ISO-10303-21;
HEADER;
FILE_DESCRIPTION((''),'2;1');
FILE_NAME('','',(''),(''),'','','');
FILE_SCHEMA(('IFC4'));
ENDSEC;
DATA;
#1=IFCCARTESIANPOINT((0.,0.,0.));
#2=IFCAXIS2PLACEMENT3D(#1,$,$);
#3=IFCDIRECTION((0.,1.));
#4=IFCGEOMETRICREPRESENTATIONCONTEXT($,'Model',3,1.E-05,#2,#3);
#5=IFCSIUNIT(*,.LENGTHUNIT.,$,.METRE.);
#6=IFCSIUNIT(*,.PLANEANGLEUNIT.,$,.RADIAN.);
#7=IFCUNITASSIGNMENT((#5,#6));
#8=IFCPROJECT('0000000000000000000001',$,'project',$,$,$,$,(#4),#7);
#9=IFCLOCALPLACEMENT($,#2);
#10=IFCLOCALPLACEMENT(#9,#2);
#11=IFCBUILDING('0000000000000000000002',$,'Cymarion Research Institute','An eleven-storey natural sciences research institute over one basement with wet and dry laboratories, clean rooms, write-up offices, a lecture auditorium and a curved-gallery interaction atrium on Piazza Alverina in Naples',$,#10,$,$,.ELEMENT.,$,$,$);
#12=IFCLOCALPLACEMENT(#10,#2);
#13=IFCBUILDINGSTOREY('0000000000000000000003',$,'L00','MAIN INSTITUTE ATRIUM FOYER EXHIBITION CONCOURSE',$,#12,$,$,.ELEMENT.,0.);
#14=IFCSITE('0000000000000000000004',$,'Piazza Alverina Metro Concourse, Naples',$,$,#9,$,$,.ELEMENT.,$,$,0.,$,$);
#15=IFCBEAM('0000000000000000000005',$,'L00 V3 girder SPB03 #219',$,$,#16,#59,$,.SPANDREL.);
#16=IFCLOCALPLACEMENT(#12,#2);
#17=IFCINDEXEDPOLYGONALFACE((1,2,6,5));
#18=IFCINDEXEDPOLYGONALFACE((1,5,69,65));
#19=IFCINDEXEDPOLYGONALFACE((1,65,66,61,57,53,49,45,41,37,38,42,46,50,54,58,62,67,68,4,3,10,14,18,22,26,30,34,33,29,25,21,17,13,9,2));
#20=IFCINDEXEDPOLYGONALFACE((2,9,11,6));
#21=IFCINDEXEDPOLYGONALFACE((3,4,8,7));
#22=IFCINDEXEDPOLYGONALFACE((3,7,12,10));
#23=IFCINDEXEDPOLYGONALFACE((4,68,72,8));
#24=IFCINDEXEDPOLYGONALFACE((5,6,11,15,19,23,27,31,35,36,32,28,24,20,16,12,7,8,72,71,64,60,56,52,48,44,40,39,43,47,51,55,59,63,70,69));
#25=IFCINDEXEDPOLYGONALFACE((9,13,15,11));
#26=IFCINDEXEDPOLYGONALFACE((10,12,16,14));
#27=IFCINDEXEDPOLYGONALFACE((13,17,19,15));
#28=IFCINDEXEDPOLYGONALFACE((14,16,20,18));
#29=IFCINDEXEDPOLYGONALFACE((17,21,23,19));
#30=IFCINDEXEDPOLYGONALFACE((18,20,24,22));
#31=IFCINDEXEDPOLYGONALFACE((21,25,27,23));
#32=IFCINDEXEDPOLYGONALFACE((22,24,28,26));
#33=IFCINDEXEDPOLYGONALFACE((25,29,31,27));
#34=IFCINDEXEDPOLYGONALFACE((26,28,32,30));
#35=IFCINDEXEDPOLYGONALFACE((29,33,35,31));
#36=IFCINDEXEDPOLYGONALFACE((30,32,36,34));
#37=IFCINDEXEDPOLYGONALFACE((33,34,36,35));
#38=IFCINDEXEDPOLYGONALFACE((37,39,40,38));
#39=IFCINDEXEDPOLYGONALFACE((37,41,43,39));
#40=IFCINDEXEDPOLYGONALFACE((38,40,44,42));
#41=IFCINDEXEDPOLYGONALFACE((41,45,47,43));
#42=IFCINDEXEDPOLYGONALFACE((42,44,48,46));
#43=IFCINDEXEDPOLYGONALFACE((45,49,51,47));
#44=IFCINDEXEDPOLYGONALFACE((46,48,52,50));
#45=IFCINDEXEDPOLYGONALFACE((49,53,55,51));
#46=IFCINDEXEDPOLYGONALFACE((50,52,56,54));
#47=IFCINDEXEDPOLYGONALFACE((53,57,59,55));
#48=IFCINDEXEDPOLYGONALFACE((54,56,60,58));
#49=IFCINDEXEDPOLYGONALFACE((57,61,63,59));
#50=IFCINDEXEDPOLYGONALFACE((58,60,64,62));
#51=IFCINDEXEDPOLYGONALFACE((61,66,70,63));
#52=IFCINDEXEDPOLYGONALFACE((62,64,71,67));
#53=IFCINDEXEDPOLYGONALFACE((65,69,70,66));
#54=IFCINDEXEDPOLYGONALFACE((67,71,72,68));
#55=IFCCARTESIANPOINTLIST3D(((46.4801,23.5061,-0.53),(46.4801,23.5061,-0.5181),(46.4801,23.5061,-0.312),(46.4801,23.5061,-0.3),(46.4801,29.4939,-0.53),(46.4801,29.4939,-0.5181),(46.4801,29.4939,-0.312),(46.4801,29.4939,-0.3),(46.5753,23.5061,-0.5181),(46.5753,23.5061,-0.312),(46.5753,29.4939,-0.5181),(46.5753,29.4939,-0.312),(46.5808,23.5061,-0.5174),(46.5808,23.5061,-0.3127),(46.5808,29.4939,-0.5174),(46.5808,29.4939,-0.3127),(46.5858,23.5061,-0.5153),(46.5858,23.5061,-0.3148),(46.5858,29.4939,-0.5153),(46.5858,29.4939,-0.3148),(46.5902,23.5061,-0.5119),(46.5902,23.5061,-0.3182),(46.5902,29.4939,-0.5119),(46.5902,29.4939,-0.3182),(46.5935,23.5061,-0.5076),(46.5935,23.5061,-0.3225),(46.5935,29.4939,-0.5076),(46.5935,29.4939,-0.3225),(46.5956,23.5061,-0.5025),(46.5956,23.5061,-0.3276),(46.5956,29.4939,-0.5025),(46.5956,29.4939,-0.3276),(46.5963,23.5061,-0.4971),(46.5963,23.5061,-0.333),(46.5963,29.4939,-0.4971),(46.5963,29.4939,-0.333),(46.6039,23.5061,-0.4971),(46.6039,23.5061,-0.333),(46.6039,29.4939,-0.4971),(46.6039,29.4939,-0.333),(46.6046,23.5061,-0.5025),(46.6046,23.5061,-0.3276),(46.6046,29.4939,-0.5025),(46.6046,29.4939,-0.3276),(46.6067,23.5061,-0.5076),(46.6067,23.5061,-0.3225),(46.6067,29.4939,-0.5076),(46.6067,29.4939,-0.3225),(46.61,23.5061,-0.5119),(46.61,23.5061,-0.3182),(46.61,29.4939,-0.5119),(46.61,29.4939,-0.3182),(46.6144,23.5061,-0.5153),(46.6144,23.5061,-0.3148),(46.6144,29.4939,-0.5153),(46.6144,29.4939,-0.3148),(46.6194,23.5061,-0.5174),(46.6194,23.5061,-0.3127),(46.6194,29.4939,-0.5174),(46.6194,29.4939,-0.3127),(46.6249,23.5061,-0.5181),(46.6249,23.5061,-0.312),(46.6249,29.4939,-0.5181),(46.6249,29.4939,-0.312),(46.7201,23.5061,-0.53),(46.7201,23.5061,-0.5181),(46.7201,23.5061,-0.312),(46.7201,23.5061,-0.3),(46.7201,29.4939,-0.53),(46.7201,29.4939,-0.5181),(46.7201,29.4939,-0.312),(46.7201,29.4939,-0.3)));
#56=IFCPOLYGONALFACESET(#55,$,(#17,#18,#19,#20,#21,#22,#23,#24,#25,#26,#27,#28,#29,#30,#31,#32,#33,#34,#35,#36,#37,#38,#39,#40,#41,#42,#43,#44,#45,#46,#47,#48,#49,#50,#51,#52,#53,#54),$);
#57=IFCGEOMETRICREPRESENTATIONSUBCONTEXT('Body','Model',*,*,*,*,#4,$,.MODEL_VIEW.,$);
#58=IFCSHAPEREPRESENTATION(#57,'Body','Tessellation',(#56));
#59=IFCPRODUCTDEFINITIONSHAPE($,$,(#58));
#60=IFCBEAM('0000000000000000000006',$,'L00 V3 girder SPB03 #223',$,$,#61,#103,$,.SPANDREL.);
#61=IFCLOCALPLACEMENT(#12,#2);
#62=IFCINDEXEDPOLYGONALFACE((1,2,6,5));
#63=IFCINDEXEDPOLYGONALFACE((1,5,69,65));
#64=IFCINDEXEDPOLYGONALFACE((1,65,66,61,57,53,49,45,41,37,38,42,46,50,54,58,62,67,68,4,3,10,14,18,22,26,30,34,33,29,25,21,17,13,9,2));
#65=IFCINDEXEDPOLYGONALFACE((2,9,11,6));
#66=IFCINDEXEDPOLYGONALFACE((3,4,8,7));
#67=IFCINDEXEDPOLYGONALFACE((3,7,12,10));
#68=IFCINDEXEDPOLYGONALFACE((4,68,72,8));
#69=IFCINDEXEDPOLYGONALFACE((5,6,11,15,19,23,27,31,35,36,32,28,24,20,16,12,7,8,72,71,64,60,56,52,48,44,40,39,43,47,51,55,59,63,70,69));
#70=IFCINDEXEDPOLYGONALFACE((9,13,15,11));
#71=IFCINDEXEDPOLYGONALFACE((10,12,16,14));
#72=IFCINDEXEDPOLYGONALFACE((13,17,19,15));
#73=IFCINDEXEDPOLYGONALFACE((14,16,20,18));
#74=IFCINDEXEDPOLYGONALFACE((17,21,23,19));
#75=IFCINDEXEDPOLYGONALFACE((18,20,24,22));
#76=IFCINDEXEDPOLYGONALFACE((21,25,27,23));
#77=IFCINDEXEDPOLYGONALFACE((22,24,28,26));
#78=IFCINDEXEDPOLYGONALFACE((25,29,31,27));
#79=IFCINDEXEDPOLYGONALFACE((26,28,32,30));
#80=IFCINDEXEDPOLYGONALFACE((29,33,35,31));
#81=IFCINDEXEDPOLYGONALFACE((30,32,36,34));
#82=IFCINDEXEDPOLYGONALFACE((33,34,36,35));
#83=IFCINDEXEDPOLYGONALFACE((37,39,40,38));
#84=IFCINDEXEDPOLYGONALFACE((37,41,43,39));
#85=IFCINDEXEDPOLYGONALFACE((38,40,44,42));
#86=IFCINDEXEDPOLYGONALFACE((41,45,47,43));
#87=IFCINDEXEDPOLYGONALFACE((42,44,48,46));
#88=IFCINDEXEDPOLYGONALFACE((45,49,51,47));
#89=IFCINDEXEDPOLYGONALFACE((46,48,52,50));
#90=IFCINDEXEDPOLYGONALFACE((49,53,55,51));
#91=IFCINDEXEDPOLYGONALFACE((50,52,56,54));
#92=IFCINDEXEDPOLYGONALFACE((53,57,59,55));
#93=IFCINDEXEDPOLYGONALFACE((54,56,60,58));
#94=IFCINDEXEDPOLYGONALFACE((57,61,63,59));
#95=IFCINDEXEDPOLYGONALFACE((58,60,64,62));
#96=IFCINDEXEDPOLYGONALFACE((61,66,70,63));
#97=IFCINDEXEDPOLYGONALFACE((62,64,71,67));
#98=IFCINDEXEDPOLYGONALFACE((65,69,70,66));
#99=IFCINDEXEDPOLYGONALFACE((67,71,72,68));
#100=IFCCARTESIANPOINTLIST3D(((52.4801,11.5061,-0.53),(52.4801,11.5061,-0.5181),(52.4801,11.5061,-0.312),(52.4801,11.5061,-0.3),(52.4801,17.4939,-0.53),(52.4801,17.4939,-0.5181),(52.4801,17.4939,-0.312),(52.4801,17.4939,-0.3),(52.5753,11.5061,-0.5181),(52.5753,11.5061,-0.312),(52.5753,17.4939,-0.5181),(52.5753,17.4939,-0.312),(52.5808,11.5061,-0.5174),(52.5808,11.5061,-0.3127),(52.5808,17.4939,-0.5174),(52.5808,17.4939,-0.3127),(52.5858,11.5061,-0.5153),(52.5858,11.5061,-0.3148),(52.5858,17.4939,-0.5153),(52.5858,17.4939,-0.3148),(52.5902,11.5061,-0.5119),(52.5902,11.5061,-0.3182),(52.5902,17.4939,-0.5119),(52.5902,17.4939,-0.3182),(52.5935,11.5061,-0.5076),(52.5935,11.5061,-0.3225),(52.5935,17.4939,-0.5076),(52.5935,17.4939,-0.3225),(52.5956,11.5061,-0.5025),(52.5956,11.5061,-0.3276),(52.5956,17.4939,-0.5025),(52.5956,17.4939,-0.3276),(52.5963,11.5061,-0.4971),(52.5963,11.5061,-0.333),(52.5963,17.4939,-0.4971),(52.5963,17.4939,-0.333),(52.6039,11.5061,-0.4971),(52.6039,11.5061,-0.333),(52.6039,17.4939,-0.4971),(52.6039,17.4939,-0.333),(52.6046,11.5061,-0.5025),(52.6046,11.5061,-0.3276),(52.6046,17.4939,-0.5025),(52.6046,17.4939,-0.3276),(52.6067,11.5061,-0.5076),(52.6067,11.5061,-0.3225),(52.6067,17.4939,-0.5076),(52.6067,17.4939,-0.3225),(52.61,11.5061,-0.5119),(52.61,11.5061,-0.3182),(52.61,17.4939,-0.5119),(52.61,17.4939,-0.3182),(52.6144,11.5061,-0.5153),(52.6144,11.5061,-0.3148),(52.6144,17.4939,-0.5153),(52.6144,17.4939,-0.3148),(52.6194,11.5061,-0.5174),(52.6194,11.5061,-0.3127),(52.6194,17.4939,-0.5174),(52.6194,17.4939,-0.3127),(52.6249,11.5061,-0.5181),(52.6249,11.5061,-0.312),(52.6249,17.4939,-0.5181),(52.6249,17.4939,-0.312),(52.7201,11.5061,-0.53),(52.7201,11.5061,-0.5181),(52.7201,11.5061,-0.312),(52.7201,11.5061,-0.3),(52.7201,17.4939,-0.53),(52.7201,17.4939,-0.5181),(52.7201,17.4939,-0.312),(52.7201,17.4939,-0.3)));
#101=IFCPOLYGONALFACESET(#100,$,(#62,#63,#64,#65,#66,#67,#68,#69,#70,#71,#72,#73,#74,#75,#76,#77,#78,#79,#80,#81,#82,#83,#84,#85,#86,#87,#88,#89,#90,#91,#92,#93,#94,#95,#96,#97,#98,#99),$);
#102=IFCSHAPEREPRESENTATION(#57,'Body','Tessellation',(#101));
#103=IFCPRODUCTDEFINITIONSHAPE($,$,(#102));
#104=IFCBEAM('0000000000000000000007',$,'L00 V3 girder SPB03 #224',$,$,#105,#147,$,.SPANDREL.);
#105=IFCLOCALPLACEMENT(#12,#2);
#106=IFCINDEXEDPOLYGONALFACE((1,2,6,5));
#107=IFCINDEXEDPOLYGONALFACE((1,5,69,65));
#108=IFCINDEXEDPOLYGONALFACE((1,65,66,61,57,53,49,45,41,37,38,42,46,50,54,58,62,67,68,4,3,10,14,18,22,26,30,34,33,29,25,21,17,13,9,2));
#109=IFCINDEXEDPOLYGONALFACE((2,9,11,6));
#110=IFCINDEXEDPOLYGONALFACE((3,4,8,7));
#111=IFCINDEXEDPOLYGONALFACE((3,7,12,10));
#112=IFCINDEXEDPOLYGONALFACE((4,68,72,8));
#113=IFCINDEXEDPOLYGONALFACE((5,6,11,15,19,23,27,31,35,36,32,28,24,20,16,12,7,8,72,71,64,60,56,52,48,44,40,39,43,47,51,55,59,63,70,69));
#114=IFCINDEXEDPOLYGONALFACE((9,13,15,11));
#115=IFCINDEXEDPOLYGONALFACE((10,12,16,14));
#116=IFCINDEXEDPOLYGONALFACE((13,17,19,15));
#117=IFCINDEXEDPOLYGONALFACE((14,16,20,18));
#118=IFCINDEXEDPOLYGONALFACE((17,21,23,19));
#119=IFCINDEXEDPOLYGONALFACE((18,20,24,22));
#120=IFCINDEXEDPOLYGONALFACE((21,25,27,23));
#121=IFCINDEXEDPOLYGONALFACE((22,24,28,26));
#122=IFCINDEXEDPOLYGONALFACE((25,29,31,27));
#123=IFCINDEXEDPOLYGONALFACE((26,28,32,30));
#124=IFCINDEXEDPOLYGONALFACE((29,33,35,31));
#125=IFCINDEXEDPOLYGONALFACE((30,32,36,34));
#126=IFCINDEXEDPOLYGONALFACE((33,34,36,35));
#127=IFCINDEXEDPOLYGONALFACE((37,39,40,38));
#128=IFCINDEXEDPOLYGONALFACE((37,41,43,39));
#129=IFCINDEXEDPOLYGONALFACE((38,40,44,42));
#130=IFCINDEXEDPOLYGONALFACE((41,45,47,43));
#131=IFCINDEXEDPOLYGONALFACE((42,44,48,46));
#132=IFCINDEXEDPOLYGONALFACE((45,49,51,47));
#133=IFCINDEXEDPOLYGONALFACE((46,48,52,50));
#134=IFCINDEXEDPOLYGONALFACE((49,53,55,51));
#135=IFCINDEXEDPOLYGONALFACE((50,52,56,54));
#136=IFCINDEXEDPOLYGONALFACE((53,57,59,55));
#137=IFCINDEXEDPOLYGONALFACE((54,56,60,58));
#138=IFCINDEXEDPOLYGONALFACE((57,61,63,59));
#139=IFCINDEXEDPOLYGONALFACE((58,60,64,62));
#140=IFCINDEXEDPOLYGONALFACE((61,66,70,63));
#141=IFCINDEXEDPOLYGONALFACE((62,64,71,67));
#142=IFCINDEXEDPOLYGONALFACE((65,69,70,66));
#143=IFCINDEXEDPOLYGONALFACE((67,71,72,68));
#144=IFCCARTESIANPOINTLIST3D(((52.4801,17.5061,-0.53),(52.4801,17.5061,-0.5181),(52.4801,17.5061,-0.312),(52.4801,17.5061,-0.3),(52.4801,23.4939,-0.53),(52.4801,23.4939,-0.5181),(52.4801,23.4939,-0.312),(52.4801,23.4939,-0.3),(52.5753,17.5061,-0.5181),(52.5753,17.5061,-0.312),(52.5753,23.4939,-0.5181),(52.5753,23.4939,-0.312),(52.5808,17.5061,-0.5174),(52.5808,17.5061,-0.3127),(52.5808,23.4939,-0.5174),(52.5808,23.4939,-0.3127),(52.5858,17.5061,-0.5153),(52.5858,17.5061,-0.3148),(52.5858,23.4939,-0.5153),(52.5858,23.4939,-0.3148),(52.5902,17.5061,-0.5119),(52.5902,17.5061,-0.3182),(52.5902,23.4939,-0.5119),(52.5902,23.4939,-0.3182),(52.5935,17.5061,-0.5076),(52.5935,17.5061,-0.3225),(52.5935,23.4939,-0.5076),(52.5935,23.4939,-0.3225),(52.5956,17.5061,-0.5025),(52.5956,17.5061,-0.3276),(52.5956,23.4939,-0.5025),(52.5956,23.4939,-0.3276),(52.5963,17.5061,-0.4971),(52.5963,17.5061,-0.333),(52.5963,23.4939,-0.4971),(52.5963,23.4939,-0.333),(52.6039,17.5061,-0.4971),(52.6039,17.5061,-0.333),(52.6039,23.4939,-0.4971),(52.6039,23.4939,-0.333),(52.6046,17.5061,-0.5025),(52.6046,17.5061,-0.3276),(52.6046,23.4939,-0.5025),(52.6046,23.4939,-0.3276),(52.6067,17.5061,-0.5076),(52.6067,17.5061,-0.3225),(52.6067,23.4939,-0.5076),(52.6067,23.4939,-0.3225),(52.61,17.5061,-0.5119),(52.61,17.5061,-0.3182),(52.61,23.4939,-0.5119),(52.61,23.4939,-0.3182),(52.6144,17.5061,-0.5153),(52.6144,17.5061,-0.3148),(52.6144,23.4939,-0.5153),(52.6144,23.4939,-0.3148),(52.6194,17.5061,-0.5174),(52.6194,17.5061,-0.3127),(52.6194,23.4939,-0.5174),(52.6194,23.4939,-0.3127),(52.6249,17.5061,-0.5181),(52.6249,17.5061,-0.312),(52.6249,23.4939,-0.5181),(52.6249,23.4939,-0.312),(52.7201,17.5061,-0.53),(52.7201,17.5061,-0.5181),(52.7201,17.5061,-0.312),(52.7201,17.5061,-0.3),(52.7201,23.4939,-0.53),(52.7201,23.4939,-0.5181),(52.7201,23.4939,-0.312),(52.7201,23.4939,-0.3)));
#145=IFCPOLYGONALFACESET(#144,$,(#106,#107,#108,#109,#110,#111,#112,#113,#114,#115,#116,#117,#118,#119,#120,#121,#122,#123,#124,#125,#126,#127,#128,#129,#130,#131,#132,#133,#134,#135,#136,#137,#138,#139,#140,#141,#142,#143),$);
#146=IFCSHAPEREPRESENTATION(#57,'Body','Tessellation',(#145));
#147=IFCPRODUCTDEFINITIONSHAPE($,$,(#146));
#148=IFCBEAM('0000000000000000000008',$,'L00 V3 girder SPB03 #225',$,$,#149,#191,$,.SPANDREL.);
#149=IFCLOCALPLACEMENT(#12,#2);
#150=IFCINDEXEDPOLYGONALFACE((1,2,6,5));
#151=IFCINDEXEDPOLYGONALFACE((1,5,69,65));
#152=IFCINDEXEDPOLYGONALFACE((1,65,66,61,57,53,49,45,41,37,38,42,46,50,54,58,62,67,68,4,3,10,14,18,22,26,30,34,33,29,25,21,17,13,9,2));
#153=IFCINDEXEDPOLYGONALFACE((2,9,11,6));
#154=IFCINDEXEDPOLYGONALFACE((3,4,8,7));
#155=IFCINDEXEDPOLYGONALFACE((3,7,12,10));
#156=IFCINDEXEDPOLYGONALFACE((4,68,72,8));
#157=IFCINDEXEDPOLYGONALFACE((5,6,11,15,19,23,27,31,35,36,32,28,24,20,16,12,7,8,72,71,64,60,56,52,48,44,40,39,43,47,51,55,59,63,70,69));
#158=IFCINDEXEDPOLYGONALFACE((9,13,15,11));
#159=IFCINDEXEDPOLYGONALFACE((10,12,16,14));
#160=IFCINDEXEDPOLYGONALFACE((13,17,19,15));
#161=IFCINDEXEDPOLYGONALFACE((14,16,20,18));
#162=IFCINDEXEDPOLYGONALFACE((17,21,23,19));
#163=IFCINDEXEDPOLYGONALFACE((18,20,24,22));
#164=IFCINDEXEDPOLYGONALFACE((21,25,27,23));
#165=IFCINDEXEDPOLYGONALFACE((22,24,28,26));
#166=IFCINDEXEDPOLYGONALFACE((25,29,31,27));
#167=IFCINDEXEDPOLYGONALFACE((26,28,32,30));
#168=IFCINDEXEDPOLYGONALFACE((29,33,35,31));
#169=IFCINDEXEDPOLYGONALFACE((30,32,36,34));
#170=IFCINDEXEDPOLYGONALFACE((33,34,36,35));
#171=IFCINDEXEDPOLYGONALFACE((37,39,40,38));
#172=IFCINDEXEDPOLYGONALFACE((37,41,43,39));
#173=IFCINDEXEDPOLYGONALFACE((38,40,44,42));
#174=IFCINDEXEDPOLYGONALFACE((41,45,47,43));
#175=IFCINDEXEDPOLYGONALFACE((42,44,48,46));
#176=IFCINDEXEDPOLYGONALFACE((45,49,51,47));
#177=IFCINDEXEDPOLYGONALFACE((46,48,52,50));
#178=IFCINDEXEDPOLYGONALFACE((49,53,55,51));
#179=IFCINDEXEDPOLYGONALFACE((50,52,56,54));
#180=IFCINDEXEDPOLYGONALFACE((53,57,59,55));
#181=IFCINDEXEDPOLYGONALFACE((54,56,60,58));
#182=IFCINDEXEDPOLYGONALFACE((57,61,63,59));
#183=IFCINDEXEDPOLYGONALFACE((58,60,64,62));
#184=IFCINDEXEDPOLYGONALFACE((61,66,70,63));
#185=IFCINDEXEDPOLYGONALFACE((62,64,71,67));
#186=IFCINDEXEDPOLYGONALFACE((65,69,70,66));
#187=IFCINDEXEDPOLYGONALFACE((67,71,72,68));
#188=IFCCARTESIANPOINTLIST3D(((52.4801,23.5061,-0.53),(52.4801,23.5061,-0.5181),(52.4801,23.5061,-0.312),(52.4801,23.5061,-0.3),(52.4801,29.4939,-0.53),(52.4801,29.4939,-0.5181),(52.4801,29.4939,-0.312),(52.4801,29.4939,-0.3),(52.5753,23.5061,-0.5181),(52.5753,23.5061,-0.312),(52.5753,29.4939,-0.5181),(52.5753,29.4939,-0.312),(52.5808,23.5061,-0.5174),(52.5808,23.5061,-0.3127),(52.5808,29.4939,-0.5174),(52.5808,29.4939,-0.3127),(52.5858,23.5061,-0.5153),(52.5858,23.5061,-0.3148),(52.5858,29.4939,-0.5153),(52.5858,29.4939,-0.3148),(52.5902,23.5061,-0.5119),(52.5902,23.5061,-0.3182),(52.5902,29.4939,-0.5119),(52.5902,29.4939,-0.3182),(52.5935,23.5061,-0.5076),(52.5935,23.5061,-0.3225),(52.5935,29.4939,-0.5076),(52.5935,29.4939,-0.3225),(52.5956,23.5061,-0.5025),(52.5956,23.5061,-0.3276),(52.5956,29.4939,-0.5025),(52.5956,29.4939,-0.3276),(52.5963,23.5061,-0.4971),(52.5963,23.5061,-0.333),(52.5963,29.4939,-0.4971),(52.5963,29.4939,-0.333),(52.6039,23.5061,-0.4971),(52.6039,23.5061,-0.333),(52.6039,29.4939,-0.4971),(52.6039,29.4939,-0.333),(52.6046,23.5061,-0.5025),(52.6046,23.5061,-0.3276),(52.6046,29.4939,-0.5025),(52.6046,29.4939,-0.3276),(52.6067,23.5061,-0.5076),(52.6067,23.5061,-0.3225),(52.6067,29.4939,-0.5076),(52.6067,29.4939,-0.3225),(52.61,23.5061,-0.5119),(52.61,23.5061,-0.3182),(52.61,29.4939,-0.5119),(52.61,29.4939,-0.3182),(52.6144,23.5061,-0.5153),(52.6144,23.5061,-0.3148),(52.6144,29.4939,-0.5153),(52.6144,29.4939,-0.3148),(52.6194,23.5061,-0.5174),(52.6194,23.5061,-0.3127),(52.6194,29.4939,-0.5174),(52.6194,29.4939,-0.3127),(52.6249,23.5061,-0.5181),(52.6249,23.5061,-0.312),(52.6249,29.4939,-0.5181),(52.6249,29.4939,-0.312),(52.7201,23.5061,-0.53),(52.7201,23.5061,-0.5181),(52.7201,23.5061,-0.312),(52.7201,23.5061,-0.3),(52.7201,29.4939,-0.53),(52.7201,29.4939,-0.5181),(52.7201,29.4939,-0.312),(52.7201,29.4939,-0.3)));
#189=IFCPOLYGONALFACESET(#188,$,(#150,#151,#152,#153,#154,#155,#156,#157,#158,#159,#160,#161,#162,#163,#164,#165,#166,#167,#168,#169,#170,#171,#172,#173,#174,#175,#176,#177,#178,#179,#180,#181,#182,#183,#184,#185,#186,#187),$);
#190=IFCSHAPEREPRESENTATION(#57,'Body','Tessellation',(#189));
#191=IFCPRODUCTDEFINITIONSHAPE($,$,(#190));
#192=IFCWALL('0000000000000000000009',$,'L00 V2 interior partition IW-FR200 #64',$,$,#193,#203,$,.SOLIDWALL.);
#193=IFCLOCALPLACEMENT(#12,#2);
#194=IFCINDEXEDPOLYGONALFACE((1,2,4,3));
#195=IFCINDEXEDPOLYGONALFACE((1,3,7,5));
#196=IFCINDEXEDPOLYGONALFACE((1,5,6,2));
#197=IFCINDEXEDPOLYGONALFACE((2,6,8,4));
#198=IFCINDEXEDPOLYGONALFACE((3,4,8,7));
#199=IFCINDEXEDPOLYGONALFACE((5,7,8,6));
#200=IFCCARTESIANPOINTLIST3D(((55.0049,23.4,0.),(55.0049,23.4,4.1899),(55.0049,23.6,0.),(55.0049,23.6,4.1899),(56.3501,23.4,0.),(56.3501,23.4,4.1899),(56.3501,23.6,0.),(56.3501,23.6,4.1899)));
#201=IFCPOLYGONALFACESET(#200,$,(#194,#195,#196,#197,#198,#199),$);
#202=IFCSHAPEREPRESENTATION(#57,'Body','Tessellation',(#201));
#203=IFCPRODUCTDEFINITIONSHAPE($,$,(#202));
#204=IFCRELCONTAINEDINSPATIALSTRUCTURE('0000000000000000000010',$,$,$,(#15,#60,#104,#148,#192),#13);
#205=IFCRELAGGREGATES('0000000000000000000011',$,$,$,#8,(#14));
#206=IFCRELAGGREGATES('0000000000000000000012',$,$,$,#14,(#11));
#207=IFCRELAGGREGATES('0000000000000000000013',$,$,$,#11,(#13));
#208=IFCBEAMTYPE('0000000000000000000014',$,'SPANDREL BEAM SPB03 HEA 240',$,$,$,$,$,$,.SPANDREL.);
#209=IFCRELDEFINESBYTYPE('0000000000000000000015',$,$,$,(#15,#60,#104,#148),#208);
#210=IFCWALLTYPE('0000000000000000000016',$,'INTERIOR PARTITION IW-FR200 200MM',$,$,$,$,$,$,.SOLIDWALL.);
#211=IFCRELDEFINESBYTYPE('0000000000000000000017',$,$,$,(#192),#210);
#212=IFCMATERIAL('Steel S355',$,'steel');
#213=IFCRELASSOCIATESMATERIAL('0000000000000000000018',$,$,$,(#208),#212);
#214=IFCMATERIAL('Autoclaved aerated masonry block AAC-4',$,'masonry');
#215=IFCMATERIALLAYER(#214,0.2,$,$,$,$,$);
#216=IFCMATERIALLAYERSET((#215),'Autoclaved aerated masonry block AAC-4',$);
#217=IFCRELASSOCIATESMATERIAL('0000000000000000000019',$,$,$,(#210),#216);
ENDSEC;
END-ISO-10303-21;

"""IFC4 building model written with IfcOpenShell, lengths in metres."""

from ifc_helpers import new_model, si_unit, direction, frame, frame_2d, origin, origin_2d, place, context, subcontext, project, spatial, rectangle, i_section, extrude, material, layer, layer_set, material_profile, profile_set, type_object, element, save


model = new_model("IFC4")

# Units and contexts
model_context = context("Model", 3, precision=1e-05, world=origin(), true_north=direction((0.0, 1.0)))
body_context = subcontext(model_context, "Body", "Model", "MODEL_VIEW")
ifc_project = project(units=[si_unit("LENGTHUNIT", "METRE"), si_unit("PLANEANGLEUNIT", "RADIAN")], contexts=[model_context])

# Site, building, storey
site_placement = place(None, origin())
site = spatial("IfcSite", under=ifc_project, at=site_placement, Name="Piazza Alverina Metro Concourse, Naples", CompositionType="ELEMENT", RefElevation=0.0)
building_placement = place(site_placement, origin())
building = spatial("IfcBuilding", under=site, at=building_placement, Name="Cymarion Research Institute", Description="An eleven-storey natural sciences research institute over one basement with wet and dry laboratories, clean rooms, write-up offices, a lecture auditorium and a curved-gallery interaction atrium on Piazza Alverina in Naples", CompositionType="ELEMENT")
storey_placement = place(building_placement, origin())
storey = spatial("IfcBuildingStorey", under=building, at=storey_placement, Name="L00", Description="MAIN INSTITUTE ATRIUM FOYER EXHIBITION CONCOURSE", CompositionType="ELEMENT", Elevation=0.0)

# Shared definitions
ifc_material_1 = material(Name="Steel S355", Category="steel")

# Beams
ifc_material_profile_1 = material_profile(ifc_material_1, i_section(OverallWidth=0.24, OverallDepth=0.23, WebThickness=0.0076, FlangeThickness=0.012, FilletRadius=0.021, at=origin_2d()), Name="HEA 240")
ifc_profile_set_1 = profile_set([ifc_material_profile_1], Name="Steel S355")
beam_type_1 = type_object("IfcBeamType", Name="SPANDREL BEAM SPB03 HEA 240", PredefinedType="SPANDREL", material=ifc_profile_set_1)
for number, where, z_axis, x_axis, name in (
    (1, (46.6001, 23.5061, -0.415), (0.0, 1.0, 0.0), (-1.0, 0.0, 0.0), "L00 V3 girder SPB03 #219"),
    (2, (52.6001, 11.5061, -0.415), (0.0, 1.0, 0.0), (-1.0, 0.0, 0.0), "L00 V3 girder SPB03 #223"),
    (3, (52.6001, 17.5061, -0.415), (0.0, 1.0, 0.0), (-1.0, 0.0, 0.0), "L00 V3 girder SPB03 #224"),
    (4, (52.6001, 23.5061, -0.415), (0.0, 1.0, 0.0), (-1.0, 0.0, 0.0), "L00 V3 girder SPB03 #225"),
):
    element("IfcBeam", number, at=place(storey_placement, frame(where, z_axis=z_axis, x_axis=x_axis)), inside=storey, type_object=beam_type_1, Name=name, PredefinedType="SPANDREL", context=body_context, shape_type="SweptSolid", body=[
        extrude(i_section(OverallWidth=0.24, OverallDepth=0.23, WebThickness=0.0076, FlangeThickness=0.012, FilletRadius=0.021, at=origin_2d()), origin(), (0.0, 0.0, 1.0), 5.9878),
    ])

# Wall
ifc_material_2 = material(Name="Autoclaved aerated masonry block AAC-4", Category="masonry")
ifc_layer = layer(ifc_material_2, 0.2)
ifc_layer_set = layer_set([ifc_layer], Name="Autoclaved aerated masonry block AAC-4")
wall_type = type_object("IfcWallType", Name="INTERIOR PARTITION IW-FR200 200MM", PredefinedType="SOLIDWALL", material=ifc_layer_set)
wall_placement = place(storey_placement, frame((55.0049, 23.5, 0.0), z_axis=(0.0, 0.0, 1.0), x_axis=(1.0, 0.0, 0.0)))
element("IfcWall", 5, at=wall_placement, inside=storey, type_object=wall_type, Name="L00 V2 interior partition IW-FR200 #64", PredefinedType="SOLIDWALL", context=body_context, shape_type="SweptSolid", body=[
    extrude(rectangle(XDim=1.3452, YDim=0.2, at=frame_2d((0.6726, 0.0))), origin(), (0.0, 0.0, 1.0), 4.1899),
])

save(model, "model.ifc")
